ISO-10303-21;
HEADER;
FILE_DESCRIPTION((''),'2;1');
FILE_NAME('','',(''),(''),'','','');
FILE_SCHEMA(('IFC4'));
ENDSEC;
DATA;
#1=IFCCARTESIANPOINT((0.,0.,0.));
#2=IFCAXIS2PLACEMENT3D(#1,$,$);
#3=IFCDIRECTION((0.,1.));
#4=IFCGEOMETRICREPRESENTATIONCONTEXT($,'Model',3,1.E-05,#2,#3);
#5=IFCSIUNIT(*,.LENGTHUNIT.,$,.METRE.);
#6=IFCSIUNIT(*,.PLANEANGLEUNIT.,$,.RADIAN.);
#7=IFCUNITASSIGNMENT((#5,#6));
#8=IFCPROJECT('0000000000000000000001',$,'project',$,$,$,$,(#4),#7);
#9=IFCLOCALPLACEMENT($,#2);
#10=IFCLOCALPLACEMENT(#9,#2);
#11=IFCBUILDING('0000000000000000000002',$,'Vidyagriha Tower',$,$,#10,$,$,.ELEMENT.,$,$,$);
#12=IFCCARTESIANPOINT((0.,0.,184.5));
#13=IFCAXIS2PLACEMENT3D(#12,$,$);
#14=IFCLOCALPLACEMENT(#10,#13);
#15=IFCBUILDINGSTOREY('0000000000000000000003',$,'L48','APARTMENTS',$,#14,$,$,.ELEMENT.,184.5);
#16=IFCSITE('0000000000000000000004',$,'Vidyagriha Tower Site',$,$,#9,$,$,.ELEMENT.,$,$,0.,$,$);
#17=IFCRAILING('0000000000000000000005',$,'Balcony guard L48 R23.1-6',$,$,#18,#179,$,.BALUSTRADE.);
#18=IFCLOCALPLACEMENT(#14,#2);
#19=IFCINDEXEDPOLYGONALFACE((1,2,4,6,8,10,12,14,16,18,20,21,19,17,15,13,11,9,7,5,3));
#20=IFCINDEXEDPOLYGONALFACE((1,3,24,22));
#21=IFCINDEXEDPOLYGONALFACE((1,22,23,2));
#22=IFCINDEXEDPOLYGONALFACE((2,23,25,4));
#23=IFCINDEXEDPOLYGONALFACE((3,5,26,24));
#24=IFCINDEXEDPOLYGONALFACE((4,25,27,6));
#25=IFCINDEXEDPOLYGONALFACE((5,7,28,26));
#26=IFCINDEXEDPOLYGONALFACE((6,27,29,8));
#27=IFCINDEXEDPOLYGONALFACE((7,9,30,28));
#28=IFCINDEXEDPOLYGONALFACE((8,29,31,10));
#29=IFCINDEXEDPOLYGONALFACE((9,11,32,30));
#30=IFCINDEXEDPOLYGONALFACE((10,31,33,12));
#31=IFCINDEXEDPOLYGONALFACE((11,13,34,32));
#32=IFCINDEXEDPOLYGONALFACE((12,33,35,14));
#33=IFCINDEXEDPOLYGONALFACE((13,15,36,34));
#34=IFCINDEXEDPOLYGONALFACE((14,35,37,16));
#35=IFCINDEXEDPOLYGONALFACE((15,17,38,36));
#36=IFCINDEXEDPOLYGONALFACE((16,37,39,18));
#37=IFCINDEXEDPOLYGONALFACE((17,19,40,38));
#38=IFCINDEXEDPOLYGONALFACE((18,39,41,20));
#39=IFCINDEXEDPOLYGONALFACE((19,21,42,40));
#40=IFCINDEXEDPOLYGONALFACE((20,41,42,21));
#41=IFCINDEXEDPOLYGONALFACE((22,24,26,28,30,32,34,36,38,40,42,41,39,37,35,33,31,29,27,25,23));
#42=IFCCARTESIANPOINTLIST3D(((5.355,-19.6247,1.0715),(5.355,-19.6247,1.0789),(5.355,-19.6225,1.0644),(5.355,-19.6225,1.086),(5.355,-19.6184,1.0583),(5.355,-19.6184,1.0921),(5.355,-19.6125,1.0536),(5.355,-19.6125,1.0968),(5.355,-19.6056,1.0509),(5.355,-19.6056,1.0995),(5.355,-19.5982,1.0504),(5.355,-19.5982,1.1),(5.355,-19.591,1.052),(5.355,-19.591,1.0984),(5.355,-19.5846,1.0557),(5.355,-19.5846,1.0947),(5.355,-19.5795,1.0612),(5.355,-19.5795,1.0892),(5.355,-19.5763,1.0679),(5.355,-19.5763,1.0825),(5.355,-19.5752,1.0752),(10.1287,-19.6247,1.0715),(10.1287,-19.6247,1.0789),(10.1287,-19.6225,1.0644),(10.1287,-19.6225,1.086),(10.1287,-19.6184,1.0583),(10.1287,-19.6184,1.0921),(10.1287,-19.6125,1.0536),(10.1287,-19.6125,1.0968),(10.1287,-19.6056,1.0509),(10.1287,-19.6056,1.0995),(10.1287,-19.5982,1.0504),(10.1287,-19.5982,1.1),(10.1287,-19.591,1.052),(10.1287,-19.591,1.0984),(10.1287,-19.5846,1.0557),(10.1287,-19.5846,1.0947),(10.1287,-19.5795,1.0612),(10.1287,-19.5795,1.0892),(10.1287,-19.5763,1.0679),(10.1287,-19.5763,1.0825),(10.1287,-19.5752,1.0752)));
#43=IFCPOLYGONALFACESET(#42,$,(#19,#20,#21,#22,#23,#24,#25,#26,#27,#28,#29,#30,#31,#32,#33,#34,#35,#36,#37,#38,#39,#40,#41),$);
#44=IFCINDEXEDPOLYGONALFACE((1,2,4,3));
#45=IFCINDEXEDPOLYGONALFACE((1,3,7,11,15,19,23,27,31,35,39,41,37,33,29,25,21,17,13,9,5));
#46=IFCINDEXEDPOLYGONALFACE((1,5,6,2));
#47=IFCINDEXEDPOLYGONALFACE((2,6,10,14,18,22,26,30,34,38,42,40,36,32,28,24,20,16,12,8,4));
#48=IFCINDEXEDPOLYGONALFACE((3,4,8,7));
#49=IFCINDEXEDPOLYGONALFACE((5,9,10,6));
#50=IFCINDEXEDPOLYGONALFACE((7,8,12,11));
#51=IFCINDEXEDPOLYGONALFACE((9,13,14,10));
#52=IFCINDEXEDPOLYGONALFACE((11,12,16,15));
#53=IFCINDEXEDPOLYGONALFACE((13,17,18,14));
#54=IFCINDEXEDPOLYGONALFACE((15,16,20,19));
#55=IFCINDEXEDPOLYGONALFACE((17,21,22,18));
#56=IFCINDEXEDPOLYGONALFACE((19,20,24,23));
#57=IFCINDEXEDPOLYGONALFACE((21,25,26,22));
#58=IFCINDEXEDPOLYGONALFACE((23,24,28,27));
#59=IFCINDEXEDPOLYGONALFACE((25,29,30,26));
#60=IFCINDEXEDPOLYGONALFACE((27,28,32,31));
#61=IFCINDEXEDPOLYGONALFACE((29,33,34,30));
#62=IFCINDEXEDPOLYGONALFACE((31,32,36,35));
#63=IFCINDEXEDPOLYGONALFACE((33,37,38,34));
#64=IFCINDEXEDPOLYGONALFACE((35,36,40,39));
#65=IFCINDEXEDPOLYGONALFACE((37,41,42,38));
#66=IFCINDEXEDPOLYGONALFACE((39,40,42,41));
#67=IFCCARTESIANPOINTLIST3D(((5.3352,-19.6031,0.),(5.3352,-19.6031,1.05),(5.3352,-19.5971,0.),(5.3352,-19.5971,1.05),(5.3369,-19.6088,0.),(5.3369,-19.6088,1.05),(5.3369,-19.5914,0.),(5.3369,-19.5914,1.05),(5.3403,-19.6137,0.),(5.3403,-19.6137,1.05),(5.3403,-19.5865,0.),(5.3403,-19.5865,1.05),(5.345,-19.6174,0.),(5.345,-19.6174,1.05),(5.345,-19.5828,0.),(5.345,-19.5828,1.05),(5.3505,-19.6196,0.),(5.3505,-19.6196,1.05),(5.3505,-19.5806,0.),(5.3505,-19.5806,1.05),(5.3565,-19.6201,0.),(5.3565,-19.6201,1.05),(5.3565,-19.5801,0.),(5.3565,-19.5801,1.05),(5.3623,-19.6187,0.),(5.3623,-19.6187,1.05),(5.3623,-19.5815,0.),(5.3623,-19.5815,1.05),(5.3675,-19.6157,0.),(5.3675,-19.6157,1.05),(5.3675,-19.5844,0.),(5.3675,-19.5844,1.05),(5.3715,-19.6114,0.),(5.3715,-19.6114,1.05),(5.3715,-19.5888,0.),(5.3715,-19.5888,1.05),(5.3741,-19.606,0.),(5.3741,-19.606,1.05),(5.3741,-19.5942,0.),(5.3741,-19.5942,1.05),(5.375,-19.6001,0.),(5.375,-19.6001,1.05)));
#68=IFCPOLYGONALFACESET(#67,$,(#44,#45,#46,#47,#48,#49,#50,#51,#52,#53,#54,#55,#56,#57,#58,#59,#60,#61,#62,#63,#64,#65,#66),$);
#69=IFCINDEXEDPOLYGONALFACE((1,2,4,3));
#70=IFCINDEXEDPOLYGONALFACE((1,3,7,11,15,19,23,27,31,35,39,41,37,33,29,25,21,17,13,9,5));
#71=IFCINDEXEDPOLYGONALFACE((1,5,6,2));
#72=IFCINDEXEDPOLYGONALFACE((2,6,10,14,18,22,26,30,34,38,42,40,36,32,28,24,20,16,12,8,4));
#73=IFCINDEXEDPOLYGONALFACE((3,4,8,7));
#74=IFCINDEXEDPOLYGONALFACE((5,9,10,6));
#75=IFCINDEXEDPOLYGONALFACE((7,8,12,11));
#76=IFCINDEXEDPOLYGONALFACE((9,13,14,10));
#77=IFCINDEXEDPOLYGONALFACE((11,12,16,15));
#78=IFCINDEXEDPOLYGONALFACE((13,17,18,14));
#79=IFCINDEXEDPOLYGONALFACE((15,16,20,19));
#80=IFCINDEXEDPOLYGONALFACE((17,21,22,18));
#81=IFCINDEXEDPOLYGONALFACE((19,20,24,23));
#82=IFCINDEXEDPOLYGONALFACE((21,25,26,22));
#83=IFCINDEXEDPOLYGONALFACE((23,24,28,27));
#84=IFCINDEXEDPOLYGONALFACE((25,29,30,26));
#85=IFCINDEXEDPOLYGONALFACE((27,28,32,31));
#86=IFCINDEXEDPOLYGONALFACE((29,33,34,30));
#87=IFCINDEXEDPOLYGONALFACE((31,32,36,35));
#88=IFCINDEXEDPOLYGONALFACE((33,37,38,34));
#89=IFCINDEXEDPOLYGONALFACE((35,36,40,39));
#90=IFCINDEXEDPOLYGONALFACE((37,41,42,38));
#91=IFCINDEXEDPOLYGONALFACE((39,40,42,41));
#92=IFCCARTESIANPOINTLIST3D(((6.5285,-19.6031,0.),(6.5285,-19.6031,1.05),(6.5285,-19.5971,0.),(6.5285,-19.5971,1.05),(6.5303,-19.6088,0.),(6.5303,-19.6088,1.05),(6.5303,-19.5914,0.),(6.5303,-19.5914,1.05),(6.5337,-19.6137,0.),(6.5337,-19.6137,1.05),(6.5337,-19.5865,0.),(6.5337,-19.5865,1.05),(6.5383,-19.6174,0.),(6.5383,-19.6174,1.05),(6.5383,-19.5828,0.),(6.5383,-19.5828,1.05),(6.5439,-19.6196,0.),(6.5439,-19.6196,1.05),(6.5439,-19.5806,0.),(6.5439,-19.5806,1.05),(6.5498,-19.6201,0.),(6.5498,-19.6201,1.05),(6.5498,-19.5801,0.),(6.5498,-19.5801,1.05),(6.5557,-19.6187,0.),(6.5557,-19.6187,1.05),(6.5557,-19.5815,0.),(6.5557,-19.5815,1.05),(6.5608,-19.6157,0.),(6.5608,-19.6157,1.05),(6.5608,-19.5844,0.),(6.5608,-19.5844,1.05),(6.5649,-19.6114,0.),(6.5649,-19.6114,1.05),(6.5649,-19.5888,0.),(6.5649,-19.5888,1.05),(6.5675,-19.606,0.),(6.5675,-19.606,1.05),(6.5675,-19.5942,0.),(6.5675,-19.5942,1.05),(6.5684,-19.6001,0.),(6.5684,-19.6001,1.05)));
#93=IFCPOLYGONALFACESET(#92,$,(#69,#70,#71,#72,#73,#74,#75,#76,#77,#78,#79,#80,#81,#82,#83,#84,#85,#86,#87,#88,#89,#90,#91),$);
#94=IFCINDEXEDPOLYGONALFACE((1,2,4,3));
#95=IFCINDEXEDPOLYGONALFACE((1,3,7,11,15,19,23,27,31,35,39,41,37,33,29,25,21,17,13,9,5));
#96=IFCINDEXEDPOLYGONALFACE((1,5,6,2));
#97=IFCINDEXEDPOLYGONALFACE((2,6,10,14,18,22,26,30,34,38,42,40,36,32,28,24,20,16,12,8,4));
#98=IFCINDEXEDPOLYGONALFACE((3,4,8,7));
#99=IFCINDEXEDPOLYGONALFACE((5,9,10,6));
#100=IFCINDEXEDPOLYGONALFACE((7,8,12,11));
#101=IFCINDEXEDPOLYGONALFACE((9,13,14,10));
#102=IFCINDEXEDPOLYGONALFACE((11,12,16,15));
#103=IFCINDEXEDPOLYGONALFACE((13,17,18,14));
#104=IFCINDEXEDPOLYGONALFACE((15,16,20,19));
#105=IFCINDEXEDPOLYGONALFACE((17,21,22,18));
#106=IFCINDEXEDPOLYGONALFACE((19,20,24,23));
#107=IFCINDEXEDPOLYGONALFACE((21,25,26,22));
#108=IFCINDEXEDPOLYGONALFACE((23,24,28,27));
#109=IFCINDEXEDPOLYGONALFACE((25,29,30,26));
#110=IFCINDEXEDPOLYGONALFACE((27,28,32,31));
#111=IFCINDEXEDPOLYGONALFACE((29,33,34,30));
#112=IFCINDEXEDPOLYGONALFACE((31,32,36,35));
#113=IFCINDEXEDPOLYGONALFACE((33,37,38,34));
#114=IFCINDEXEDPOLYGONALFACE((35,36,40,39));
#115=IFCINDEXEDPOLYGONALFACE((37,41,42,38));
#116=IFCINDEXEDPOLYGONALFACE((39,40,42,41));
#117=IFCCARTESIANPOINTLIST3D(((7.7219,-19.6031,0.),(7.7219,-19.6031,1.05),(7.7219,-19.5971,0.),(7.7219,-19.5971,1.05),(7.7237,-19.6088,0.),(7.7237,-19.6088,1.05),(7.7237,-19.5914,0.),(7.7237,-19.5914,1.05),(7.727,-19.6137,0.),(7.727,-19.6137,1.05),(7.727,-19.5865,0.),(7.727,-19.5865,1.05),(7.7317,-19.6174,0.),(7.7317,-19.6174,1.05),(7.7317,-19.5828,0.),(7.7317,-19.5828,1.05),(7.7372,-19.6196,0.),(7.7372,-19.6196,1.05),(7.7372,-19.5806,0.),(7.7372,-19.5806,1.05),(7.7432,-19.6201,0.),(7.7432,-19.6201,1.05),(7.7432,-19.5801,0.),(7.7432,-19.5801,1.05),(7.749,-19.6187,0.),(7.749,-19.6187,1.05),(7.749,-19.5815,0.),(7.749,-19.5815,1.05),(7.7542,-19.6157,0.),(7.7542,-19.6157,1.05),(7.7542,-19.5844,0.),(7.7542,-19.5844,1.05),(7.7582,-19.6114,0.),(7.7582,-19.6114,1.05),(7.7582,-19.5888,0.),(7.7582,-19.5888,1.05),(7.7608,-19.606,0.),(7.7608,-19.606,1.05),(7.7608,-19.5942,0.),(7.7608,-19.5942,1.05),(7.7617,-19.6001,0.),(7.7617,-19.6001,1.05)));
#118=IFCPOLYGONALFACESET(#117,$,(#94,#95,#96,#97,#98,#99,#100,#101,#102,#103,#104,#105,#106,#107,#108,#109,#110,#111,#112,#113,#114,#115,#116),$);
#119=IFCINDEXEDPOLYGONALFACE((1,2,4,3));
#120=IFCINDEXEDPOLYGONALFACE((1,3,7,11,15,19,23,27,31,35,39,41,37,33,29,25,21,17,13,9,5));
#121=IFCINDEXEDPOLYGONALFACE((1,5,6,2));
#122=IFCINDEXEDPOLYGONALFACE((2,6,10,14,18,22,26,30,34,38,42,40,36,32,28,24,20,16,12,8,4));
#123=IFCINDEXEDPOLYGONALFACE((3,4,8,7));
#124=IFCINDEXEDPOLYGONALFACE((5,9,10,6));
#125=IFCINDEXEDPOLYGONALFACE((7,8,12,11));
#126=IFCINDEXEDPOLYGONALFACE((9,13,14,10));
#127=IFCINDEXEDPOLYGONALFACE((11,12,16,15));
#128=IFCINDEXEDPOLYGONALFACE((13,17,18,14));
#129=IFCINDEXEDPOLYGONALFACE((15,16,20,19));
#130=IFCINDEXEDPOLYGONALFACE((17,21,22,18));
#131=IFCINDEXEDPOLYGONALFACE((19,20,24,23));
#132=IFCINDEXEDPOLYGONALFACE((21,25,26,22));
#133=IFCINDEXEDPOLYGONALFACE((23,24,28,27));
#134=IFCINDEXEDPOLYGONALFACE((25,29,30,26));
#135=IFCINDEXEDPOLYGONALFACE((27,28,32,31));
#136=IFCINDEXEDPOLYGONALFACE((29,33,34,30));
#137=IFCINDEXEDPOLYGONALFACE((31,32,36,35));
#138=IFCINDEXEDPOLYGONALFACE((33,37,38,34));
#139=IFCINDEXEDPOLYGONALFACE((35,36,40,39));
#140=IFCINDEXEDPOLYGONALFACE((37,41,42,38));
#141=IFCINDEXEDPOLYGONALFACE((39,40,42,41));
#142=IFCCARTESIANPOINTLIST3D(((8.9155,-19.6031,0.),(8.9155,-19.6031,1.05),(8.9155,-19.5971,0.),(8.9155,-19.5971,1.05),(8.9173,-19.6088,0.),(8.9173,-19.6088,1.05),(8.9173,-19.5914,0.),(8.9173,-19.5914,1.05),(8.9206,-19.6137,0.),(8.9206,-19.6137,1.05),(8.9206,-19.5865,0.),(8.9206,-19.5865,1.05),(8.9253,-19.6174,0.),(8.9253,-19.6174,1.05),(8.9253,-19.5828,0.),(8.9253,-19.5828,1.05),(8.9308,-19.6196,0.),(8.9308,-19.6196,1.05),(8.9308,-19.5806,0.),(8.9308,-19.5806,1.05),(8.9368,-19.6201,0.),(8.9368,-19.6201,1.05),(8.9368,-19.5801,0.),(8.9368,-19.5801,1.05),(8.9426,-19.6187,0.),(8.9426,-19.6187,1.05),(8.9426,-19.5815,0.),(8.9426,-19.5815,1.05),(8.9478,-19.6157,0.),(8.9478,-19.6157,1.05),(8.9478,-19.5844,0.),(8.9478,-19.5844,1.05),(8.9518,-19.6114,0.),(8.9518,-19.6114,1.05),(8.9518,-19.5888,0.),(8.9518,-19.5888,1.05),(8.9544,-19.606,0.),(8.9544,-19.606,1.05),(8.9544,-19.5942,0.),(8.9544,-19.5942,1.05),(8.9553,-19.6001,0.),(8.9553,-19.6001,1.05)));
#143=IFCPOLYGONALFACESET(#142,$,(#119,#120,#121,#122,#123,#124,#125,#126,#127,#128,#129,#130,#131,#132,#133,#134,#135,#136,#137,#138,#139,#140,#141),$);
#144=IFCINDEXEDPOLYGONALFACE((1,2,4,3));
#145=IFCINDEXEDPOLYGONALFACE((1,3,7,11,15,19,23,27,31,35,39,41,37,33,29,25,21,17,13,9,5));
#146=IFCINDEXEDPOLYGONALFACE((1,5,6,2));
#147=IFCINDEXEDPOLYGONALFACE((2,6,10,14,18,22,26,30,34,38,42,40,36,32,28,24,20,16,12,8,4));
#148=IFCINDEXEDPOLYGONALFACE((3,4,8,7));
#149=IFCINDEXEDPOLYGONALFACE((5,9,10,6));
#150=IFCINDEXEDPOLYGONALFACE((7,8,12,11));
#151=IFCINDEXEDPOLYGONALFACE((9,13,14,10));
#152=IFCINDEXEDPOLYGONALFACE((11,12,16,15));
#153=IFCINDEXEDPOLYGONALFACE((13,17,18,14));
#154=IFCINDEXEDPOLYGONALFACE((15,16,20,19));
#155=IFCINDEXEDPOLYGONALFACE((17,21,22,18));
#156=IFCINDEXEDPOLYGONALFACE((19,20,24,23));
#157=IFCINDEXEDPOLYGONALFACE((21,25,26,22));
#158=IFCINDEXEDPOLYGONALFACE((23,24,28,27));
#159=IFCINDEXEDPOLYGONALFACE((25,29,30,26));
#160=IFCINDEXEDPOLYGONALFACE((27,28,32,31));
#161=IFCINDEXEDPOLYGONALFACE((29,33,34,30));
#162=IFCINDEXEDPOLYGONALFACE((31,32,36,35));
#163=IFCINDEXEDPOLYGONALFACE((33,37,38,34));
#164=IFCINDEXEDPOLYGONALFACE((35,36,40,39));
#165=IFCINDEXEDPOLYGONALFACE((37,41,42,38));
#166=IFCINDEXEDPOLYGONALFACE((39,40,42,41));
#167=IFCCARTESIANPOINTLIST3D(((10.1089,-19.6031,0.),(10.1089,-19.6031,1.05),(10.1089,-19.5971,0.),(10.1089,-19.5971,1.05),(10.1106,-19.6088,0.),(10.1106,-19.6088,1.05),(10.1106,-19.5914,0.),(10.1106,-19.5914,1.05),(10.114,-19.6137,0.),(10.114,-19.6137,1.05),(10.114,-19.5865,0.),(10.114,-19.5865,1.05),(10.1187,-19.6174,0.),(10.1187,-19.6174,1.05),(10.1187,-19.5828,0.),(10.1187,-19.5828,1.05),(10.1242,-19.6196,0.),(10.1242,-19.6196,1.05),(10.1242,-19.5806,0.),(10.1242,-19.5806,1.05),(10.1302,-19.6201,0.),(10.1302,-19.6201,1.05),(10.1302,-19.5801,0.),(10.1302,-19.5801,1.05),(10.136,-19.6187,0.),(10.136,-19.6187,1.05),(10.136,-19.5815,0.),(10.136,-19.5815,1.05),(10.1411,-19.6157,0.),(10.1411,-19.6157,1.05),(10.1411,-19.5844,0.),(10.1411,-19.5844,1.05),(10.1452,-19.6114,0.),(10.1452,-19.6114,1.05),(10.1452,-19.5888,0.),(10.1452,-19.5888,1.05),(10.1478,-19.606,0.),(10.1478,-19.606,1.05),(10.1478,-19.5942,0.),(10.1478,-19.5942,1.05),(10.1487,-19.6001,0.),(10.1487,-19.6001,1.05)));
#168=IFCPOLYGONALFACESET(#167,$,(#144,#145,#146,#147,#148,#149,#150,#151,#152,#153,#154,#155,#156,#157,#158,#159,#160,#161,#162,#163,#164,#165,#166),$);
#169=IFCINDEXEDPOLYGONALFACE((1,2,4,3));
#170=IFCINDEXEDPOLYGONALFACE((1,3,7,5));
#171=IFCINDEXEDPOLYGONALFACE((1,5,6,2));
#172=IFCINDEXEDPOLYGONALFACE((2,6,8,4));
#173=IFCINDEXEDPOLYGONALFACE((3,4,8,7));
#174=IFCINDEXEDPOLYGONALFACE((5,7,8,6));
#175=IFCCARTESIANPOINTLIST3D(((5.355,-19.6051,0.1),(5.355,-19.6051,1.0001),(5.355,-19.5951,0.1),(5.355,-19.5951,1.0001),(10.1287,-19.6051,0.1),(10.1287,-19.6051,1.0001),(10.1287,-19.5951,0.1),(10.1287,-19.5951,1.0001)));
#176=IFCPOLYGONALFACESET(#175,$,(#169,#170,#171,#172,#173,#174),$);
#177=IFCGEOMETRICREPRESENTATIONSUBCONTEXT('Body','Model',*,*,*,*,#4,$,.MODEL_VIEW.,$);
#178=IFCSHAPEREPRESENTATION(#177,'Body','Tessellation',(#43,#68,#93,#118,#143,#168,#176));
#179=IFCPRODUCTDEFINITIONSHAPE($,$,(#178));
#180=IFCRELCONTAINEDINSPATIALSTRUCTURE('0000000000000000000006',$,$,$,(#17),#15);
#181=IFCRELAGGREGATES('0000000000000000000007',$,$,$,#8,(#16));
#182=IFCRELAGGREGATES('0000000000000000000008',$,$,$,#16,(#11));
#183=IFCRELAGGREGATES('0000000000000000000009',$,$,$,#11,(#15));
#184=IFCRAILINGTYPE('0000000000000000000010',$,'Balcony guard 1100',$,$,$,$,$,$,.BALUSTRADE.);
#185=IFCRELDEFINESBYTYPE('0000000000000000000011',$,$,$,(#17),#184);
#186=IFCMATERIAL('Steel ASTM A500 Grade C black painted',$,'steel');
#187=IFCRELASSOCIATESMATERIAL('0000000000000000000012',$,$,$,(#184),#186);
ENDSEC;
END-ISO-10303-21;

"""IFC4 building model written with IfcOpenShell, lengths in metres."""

from ifc_helpers import new_model, si_unit, direction, frame, origin, origin_2d, place, context, subcontext, project, spatial, rectangle, circle, extrude, material, type_object, element, save


model = new_model("IFC4")

# Units and contexts
model_context = context("Model", 3, precision=1e-05, world=origin(), true_north=direction((0.0, 1.0)))
body_context = subcontext(model_context, "Body", "Model", "MODEL_VIEW")
ifc_project = project(units=[si_unit("LENGTHUNIT", "METRE"), si_unit("PLANEANGLEUNIT", "RADIAN")], contexts=[model_context])

# Site, building, storey
site_placement = place(None, origin())
site = spatial("IfcSite", under=ifc_project, at=site_placement, Name="Vidyagriha Tower Site", CompositionType="ELEMENT", RefElevation=0.0)
building_placement = place(site_placement, origin())
building = spatial("IfcBuilding", under=site, at=building_placement, Name="Vidyagriha Tower", CompositionType="ELEMENT")
storey_placement = place(building_placement, frame((0.0, 0.0, 184.5)))
storey = spatial("IfcBuildingStorey", under=building, at=storey_placement, Name="L48", Description="APARTMENTS", CompositionType="ELEMENT", Elevation=184.5)

# Railing
ifc_material_1 = material(Name="Steel ASTM A500 Grade C black painted", Category="steel")
railing_type = type_object("IfcRailingType", Name="Balcony guard 1100", PredefinedType="BALUSTRADE", material=ifc_material_1)
railing_1_placement = place(storey_placement, frame((5.355, -19.6001, 0.0)))
element("IfcRailing", 1, at=railing_1_placement, inside=storey, type_object=railing_type, Name="Balcony guard L48 R23.1-6", PredefinedType="BALUSTRADE", context=body_context, shape_type="SweptSolid", body=[
    extrude(circle(Radius=0.0249, at=origin_2d()), frame((0.0, 0.0, 1.0752), z_axis=(1.0, 0.0, 0.0), x_axis=(0.0, 1.0, 0.0)), (0.0, 0.0, 1.0), 4.7737),
    extrude(circle(Radius=0.02, at=origin_2d()), origin(), (0.0, 0.0, 1.0), 1.05),
    extrude(circle(Radius=0.02, at=origin_2d()), frame((1.1934, 0.0, 0.0)), (0.0, 0.0, 1.0), 1.05),
    extrude(circle(Radius=0.02, at=origin_2d()), frame((2.3867, 0.0, 0.0)), (0.0, 0.0, 1.0), 1.05),
    extrude(circle(Radius=0.02, at=origin_2d()), frame((3.5803, 0.0, 0.0)), (0.0, 0.0, 1.0), 1.05),
    extrude(circle(Radius=0.02, at=origin_2d()), frame((4.7737, 0.0, 0.0)), (0.0, 0.0, 1.0), 1.05),
    extrude(rectangle(XDim=0.01, YDim=0.9001, at=origin_2d()), frame((0.0, 0.0, 0.55), z_axis=(1.0, 0.0, 0.0), x_axis=(0.0, 1.0, 0.0)), (0.0, 0.0, 1.0), 4.7737),
])

save(model, "model.ifc")
